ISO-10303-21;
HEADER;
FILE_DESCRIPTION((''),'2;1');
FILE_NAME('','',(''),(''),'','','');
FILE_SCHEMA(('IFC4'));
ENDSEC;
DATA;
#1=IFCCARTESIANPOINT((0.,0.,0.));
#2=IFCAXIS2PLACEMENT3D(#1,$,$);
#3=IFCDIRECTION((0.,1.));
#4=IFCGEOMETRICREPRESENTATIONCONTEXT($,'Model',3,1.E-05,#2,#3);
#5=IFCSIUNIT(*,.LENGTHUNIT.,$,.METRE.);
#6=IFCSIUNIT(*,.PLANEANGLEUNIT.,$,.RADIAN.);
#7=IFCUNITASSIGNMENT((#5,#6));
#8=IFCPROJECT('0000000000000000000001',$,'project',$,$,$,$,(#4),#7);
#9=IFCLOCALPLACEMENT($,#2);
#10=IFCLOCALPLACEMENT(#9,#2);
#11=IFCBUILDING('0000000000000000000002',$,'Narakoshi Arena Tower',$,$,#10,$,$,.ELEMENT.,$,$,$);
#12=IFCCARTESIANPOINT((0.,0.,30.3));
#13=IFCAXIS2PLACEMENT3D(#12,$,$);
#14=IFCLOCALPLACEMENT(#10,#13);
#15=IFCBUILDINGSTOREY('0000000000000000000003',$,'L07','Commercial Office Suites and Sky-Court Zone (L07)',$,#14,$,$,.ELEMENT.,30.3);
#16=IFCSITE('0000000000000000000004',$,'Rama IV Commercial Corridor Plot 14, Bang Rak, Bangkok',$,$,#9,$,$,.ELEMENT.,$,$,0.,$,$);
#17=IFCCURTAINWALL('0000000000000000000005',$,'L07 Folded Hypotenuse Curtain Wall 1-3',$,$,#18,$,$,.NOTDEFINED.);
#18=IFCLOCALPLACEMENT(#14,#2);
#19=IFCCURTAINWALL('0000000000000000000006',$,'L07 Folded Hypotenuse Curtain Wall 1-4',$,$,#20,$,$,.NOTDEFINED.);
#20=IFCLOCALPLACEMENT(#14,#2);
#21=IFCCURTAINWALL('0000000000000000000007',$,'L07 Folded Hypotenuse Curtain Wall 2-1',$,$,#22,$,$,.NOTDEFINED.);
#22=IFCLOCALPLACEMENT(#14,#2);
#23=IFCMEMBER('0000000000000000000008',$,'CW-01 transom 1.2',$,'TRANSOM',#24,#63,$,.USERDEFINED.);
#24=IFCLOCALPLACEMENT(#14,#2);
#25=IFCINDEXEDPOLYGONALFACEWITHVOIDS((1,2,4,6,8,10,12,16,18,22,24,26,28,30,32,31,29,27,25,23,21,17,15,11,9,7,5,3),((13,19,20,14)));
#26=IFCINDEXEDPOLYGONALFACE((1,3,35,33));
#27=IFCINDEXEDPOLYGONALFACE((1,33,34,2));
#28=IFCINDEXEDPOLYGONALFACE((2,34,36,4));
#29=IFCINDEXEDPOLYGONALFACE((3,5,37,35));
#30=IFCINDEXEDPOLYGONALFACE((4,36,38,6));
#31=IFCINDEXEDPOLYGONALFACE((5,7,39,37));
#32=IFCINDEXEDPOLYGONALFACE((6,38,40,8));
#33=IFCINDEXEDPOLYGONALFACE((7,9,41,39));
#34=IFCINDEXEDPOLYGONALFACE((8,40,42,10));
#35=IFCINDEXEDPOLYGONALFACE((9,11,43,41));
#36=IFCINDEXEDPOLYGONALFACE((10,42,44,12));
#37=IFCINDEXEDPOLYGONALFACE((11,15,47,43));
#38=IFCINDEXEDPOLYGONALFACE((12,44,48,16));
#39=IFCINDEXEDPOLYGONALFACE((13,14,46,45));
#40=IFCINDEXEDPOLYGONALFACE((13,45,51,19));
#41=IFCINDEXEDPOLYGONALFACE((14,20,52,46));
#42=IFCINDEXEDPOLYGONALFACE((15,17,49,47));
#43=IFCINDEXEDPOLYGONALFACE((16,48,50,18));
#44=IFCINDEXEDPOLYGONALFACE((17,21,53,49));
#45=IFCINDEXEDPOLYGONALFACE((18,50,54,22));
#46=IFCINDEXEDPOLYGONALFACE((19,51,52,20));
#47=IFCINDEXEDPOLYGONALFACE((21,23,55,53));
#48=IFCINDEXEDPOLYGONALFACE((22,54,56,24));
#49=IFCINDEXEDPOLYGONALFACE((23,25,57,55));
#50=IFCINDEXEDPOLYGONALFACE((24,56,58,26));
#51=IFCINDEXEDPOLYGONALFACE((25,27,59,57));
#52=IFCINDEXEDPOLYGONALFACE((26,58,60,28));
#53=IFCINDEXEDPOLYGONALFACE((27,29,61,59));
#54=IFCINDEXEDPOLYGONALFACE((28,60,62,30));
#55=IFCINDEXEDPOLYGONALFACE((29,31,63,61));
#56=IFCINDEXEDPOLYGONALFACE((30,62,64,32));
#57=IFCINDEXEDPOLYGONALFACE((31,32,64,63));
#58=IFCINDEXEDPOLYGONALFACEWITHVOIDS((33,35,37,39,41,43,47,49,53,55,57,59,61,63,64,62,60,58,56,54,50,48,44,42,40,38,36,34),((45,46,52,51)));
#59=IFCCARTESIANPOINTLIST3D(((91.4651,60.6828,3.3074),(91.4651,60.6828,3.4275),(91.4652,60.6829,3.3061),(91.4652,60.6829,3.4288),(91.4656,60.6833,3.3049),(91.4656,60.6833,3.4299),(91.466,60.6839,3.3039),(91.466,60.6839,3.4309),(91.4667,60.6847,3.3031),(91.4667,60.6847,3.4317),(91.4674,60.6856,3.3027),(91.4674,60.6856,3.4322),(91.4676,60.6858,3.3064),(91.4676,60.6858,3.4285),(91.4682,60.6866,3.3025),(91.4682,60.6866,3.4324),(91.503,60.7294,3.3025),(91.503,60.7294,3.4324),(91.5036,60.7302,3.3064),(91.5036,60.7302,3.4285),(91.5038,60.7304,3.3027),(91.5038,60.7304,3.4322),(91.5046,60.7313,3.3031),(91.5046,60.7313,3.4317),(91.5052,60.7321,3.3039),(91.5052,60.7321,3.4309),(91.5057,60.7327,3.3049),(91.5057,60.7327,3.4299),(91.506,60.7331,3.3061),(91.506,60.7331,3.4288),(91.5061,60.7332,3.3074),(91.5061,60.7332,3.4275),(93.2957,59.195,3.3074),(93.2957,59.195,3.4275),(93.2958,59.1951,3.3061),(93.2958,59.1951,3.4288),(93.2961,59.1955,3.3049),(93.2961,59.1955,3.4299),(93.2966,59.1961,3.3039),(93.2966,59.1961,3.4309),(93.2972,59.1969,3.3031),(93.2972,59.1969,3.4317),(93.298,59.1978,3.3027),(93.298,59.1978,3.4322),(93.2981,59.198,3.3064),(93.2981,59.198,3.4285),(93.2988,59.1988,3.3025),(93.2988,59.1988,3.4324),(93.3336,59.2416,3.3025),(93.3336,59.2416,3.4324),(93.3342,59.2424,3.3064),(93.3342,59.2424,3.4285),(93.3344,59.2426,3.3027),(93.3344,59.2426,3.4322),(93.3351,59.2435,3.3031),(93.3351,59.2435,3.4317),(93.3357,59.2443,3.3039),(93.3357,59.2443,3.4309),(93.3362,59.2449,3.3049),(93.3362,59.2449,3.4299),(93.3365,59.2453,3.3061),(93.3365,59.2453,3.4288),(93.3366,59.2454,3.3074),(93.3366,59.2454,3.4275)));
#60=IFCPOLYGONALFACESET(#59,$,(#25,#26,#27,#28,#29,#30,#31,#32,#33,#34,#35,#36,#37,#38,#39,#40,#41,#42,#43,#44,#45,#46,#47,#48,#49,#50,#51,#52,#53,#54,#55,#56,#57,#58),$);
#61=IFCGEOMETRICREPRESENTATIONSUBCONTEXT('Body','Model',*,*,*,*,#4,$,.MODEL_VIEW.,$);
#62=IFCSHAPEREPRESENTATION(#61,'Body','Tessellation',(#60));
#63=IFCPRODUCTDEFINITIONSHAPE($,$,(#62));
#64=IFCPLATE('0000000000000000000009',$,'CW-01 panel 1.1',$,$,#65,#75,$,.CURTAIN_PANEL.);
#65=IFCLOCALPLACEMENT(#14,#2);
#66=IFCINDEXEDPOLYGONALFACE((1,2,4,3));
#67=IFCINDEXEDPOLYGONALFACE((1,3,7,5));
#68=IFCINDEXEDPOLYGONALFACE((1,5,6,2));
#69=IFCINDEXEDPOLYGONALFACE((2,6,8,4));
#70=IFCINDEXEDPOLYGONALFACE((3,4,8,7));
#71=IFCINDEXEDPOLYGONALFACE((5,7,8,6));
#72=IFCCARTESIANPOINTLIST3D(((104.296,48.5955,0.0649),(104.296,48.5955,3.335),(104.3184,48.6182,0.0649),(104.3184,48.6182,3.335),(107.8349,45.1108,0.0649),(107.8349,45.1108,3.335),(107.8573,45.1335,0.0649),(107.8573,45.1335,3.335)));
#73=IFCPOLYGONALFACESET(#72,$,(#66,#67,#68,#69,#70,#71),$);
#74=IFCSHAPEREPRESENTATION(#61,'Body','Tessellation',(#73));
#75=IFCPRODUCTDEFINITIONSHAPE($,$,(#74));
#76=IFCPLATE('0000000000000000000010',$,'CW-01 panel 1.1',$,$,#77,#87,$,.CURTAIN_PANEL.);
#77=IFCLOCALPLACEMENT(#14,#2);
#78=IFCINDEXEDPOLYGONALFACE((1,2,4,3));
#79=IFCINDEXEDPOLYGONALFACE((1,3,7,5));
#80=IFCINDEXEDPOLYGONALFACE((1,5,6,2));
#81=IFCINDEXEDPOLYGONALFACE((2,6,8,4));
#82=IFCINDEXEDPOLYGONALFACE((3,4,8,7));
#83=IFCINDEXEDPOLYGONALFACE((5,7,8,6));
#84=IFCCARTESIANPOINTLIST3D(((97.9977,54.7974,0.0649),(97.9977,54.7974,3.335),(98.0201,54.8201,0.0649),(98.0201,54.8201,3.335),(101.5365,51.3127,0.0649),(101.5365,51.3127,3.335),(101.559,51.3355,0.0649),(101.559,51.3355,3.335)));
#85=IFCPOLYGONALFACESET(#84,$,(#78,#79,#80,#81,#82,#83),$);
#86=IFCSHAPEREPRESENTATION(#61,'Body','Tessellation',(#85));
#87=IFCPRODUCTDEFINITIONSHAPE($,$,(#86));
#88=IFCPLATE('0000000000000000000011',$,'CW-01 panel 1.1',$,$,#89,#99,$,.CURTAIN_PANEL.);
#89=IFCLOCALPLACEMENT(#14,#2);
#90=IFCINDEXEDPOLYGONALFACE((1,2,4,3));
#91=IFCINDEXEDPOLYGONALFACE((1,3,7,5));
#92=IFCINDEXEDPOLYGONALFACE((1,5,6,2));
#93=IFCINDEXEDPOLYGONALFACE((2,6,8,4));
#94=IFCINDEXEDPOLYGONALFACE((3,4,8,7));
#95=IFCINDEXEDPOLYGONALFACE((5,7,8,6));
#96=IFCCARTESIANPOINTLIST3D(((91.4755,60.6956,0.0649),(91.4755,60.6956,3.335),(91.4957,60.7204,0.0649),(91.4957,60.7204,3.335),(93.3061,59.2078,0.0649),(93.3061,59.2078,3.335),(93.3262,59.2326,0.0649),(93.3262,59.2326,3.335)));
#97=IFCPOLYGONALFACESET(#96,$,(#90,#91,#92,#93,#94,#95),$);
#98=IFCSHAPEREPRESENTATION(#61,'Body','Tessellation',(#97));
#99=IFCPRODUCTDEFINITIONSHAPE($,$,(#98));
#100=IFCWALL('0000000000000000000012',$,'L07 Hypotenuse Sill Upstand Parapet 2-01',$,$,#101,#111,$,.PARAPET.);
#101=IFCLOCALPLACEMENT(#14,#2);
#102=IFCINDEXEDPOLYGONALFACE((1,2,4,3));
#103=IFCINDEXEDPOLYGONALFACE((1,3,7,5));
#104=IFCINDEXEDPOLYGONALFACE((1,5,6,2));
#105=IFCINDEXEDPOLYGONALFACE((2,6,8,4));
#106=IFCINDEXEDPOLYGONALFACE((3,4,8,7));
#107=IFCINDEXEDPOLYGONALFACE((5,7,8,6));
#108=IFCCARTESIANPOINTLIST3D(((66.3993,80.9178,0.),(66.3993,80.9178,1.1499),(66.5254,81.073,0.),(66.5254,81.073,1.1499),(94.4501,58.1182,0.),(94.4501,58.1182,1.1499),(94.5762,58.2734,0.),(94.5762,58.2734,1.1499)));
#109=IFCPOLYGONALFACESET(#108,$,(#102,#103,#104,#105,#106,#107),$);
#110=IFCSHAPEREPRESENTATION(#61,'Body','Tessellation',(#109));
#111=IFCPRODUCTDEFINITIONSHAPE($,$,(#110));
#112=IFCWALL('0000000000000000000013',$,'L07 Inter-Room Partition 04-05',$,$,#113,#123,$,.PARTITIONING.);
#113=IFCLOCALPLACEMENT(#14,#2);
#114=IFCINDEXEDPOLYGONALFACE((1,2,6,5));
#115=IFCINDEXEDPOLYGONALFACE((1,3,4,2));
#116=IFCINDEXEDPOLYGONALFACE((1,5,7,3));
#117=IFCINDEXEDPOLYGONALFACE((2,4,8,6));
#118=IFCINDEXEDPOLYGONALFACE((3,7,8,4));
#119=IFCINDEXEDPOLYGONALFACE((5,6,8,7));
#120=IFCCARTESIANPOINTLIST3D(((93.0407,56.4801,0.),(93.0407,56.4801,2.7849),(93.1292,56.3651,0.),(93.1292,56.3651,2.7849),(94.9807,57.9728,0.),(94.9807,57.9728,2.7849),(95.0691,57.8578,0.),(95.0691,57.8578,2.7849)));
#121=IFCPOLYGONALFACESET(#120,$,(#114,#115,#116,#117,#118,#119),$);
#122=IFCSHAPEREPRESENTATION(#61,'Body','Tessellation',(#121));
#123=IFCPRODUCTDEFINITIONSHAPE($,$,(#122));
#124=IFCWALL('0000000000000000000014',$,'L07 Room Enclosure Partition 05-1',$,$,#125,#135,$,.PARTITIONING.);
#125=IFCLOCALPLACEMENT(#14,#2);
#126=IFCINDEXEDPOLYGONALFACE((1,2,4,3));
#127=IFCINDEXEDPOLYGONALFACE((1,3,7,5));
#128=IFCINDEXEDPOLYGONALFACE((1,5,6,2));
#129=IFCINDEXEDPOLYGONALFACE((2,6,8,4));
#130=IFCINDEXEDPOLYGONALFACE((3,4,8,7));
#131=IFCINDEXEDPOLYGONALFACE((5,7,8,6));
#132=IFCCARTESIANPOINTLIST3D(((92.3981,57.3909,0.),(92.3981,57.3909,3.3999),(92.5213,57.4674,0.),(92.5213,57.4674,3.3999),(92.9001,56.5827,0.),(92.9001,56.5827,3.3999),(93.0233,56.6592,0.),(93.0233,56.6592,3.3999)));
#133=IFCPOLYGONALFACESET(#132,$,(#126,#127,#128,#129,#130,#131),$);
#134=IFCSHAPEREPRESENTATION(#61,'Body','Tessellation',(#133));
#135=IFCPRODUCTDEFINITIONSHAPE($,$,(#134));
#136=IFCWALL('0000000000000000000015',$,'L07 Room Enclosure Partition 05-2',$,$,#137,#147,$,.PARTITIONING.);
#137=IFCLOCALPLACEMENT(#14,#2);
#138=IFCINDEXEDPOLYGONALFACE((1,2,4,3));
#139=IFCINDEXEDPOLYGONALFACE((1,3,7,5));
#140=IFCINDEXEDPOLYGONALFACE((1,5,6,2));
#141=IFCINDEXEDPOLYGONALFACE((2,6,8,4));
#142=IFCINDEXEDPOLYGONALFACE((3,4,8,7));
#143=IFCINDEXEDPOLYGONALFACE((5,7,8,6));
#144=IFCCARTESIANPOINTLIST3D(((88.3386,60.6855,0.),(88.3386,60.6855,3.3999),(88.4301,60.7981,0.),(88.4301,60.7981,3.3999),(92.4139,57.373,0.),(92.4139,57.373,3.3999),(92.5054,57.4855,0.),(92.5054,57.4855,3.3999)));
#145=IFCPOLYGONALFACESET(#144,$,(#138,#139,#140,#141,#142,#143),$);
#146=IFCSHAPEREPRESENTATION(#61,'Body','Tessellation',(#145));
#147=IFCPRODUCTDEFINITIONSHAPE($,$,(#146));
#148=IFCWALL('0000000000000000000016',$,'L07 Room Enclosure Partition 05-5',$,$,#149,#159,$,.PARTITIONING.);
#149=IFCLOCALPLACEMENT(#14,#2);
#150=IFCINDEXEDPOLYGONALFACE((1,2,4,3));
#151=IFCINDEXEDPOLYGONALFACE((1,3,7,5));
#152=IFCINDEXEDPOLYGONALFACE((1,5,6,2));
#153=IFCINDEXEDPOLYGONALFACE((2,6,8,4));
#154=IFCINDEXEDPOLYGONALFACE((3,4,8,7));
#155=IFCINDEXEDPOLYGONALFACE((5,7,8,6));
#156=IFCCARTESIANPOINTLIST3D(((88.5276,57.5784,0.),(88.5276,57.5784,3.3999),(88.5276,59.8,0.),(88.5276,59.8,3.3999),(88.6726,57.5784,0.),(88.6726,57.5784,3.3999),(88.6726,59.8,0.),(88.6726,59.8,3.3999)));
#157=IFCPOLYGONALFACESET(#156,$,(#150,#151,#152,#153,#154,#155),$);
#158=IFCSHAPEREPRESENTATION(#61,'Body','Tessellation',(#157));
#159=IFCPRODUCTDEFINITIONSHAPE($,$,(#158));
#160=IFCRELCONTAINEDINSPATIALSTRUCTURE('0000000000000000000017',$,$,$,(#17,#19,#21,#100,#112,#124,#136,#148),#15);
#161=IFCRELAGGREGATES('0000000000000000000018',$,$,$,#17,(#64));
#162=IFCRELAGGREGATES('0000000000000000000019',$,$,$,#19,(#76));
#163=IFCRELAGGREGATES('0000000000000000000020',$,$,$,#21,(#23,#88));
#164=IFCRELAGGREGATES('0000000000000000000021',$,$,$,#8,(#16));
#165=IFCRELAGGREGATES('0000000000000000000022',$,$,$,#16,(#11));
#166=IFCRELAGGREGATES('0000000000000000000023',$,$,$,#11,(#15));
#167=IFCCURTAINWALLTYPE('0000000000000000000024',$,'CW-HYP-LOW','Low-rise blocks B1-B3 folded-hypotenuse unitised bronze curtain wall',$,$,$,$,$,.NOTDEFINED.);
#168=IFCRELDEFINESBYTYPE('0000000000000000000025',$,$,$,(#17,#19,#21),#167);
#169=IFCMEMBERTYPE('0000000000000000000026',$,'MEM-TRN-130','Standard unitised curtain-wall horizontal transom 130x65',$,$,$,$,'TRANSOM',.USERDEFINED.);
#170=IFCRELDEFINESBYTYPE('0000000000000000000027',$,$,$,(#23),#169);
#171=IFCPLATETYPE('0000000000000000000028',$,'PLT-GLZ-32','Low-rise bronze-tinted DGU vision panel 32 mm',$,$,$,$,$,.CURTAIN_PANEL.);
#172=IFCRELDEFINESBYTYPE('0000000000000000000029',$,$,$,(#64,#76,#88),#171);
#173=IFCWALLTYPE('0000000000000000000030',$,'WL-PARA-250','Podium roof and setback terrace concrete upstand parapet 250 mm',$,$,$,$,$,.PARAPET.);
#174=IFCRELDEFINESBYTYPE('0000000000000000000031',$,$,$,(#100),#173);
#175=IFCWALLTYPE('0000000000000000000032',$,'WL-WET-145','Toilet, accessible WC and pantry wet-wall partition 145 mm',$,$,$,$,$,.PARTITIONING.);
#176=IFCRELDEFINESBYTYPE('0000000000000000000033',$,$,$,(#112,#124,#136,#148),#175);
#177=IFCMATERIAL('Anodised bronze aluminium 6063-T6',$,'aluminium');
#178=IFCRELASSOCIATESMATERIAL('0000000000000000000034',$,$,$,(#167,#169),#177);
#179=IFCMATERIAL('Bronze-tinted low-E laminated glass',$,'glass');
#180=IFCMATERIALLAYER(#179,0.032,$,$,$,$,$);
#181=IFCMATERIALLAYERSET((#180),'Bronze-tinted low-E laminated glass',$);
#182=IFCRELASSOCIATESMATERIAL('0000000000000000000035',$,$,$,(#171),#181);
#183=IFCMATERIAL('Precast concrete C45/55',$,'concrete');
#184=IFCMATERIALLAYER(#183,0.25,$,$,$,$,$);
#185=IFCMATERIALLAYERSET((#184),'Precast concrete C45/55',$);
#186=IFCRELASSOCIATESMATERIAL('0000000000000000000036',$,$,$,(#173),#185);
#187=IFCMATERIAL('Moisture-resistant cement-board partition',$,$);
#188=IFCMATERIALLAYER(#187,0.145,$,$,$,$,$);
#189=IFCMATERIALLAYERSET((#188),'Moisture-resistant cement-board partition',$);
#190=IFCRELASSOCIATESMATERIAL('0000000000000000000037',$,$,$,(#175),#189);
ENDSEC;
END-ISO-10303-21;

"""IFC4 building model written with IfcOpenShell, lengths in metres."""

from ifc_helpers import new_model, si_unit, direction, frame, frame_2d, origin, origin_2d, place, context, subcontext, project, spatial, rectangle, hollow_rectangle, extrude, material, layer, layer_set, material_profile, profile_set, type_object, element, aggregate, save


model = new_model("IFC4")

# Units and contexts
model_context = context("Model", 3, precision=1e-05, world=origin(), true_north=direction((0.0, 1.0)))
body_context = subcontext(model_context, "Body", "Model", "MODEL_VIEW")
ifc_project = project(units=[si_unit("LENGTHUNIT", "METRE"), si_unit("PLANEANGLEUNIT", "RADIAN")], contexts=[model_context])

# Site, building, storey
site_placement = place(None, origin())
site = spatial("IfcSite", under=ifc_project, at=site_placement, Name="Rama IV Commercial Corridor Plot 14, Bang Rak, Bangkok", CompositionType="ELEMENT", RefElevation=0.0)
building_placement = place(site_placement, origin())
building = spatial("IfcBuilding", under=site, at=building_placement, Name="Narakoshi Arena Tower", CompositionType="ELEMENT")
storey_placement = place(building_placement, frame((0.0, 0.0, 30.3)))
storey = spatial("IfcBuildingStorey", under=building, at=storey_placement, Name="L07", Description="Commercial Office Suites and Sky-Court Zone (L07)", CompositionType="ELEMENT", Elevation=30.3)

# Curtain wall
ifc_material_1 = material(Name="Anodised bronze aluminium 6063-T6", Category="aluminium")
curtain_wall_type = type_object("IfcCurtainWallType", Name="CW-HYP-LOW", Description="Low-rise blocks B1-B3 folded-hypotenuse unitised bronze curtain wall", PredefinedType="NOTDEFINED", material=ifc_material_1)
curtain_wall_1_placement = place(storey_placement, origin())
curtain_wall_1 = element("IfcCurtainWall", 1, at=curtain_wall_1_placement, inside=storey, type_object=curtain_wall_type, Name="L07 Folded Hypotenuse Curtain Wall 1-3", PredefinedType="NOTDEFINED")

# Curtain walls
curtain_wall_2_placement = place(storey_placement, origin())
curtain_wall_2 = element("IfcCurtainWall", 2, at=curtain_wall_2_placement, inside=storey, type_object=curtain_wall_type, Name="L07 Folded Hypotenuse Curtain Wall 1-4", PredefinedType="NOTDEFINED")
curtain_wall_3_placement = place(storey_placement, origin())
curtain_wall_3 = element("IfcCurtainWall", 3, at=curtain_wall_3_placement, inside=storey, type_object=curtain_wall_type, Name="L07 Folded Hypotenuse Curtain Wall 2-1", PredefinedType="NOTDEFINED")

# Member
ifc_material_profile_1 = material_profile(ifc_material_1, hollow_rectangle(XDim=0.0649, YDim=0.1299, WallThickness=0.0039, OuterFilletRadius=0.0049, at=origin_2d()), Name="TRN130x65x4")
ifc_profile_set_1 = profile_set([ifc_material_profile_1], Name="Anodised bronze aluminium 6063-T6")
member_type_1 = type_object("IfcMemberType", Name="MEM-TRN-130", Description="Standard unitised curtain-wall horizontal transom 130x65", ElementType="TRANSOM", PredefinedType="USERDEFINED", material=ifc_profile_set_1)
member_1_placement = place(storey_placement, frame((93.3162, 59.2202, 3.3674), z_axis=(-0.776019, 0.63071, 0.0), x_axis=(-0.63071, -0.776019, 0.0)))
member_1 = element("IfcMember", 4, at=member_1_placement, type_object=member_type_1, Name="CW-01 transom 1.2", ObjectType="TRANSOM", PredefinedType="USERDEFINED", context=body_context, shape_type="SweptSolid", body=[
    extrude(hollow_rectangle(XDim=0.0649, YDim=0.1299, WallThickness=0.0039, OuterFilletRadius=0.0049, at=origin_2d()), origin(), (0.0, 0.0, 1.0), 2.3589),
])

# Plates
ifc_material_2 = material(Name="Bronze-tinted low-E laminated glass", Category="glass")
ifc_layer_1 = layer(ifc_material_2, 0.032)
ifc_layer_set_1 = layer_set([ifc_layer_1], Name="Bronze-tinted low-E laminated glass")
plate_type = type_object("IfcPlateType", Name="PLT-GLZ-32", Description="Low-rise bronze-tinted DGU vision panel 32 mm", PredefinedType="CURTAIN_PANEL", material=ifc_layer_set_1)
plate_1_placement = place(storey_placement, frame((106.0767, 46.8645, 0.0649), z_axis=(0.0, 0.0, 1.0), x_axis=(-0.712539, 0.701633, 0.0)))
plate_1 = element("IfcPlate", 5, at=plate_1_placement, type_object=plate_type, Name="CW-01 panel 1.1", PredefinedType="CURTAIN_PANEL", context=body_context, shape_type="SweptSolid", body=[
    extrude(rectangle(XDim=4.9666, YDim=0.032, at=origin_2d()), origin(), (0.0, 0.0, 1.0), 3.27),
])
aggregate(curtain_wall_1, [plate_1])
plate_2_placement = place(storey_placement, frame((99.7783, 53.0664, 0.0649), z_axis=(0.0, 0.0, 1.0), x_axis=(-0.712539, 0.701633, 0.0)))
plate_2 = element("IfcPlate", 6, at=plate_2_placement, type_object=plate_type, Name="CW-01 panel 1.1", PredefinedType="CURTAIN_PANEL", context=body_context, shape_type="SweptSolid", body=[
    extrude(rectangle(XDim=4.9666, YDim=0.032, at=origin_2d()), origin(), (0.0, 0.0, 1.0), 3.27),
])
aggregate(curtain_wall_2, [plate_2])
plate_3_placement = place(storey_placement, frame((92.4009, 59.9641, 0.0649), z_axis=(0.0, 0.0, 1.0), x_axis=(-0.776008, 0.630723, 0.0)))
plate_3 = element("IfcPlate", 7, at=plate_3_placement, type_object=plate_type, Name="CW-01 panel 1.1", PredefinedType="CURTAIN_PANEL", context=body_context, shape_type="SweptSolid", body=[
    extrude(rectangle(XDim=2.3589, YDim=0.032, at=origin_2d()), origin(), (0.0, 0.0, 1.0), 3.27),
])
aggregate(curtain_wall_3, [member_1, plate_3])

# Walls
ifc_material_3 = material(Name="Precast concrete C45/55", Category="concrete")
ifc_layer_2 = layer(ifc_material_3, 0.25)
ifc_layer_set_2 = layer_set([ifc_layer_2], Name="Precast concrete C45/55")
wall_type_1 = type_object("IfcWallType", Name="WL-PARA-250", Description="Podium roof and setback terrace concrete upstand parapet 250 mm", PredefinedType="PARAPET", material=ifc_layer_set_2)
wall_1_placement = place(storey_placement, frame((94.5132, 58.1958, 0.0), z_axis=(0.0, 0.0, 1.0), x_axis=(-0.776002, 0.630731, 0.0)))
element("IfcWall", 8, at=wall_1_placement, inside=storey, type_object=wall_type_1, Name="L07 Hypotenuse Sill Upstand Parapet 2-01", PredefinedType="PARAPET", context=body_context, shape_type="SweptSolid", body=[
    extrude(rectangle(XDim=36.1479, YDim=0.2, at=frame_2d((18.074, 0.0))), origin(), (0.0, 0.0, 1.0), 1.1499),
])
ifc_material_4 = material(Name="Moisture-resistant cement-board partition")
ifc_layer_3 = layer(ifc_material_4, 0.145)
ifc_layer_set_3 = layer_set([ifc_layer_3], Name="Moisture-resistant cement-board partition")
wall_type_2 = type_object("IfcWallType", Name="WL-WET-145", Description="Toilet, accessible WC and pantry wet-wall partition 145 mm", PredefinedType="PARTITIONING", material=ifc_layer_set_3)
wall_2_placement = place(storey_placement, frame((93.085, 56.4226, 0.0), z_axis=(0.0, 0.0, 1.0), x_axis=(0.792542, 0.609817, 0.0)))
element("IfcWall", 9, at=wall_2_placement, inside=storey, type_object=wall_type_2, Name="L07 Inter-Room Partition 04-05", PredefinedType="PARTITIONING", context=body_context, shape_type="SweptSolid", body=[
    extrude(rectangle(XDim=2.4478, YDim=0.145, at=frame_2d((1.2239, 0.0))), origin(), (0.0, 0.0, 1.0), 2.7849),
])
wall_3_placement = place(storey_placement, frame((92.9617, 56.6211, 0.0), z_axis=(0.0, 0.0, 1.0), x_axis=(-0.527644, 0.849466, 0.0)))
element("IfcWall", 10, at=wall_3_placement, inside=storey, type_object=wall_type_2, Name="L07 Room Enclosure Partition 05-1", PredefinedType="PARTITIONING", context=body_context, shape_type="SweptSolid", body=[
    extrude(rectangle(XDim=0.9514, YDim=0.145, at=frame_2d((0.4756, 0.0))), origin(), (0.0, 0.0, 1.0), 3.3999),
])
wall_4_placement = place(storey_placement, frame((92.4597, 57.4292, 0.0), z_axis=(0.0, 0.0, 1.0), x_axis=(-0.775983, 0.630754, 0.0)))
element("IfcWall", 11, at=wall_4_placement, inside=storey, type_object=wall_type_2, Name="L07 Room Enclosure Partition 05-2", PredefinedType="PARTITIONING", context=body_context, shape_type="SweptSolid", body=[
    extrude(rectangle(XDim=5.2517, YDim=0.145, at=frame_2d((2.626, 0.0))), origin(), (0.0, 0.0, 1.0), 3.3999),
])
wall_5_placement = place(storey_placement, frame((88.6001, 59.8, 0.0), z_axis=(0.0, 0.0, 1.0), x_axis=(0.0, -1.0, 0.0)))
element("IfcWall", 12, at=wall_5_placement, inside=storey, type_object=wall_type_2, Name="L07 Room Enclosure Partition 05-5", PredefinedType="PARTITIONING", context=body_context, shape_type="SweptSolid", body=[
    extrude(rectangle(XDim=2.2217, YDim=0.145, at=frame_2d((1.1108, 0.0))), origin(), (0.0, 0.0, 1.0), 3.3999),
])

save(model, "model.ifc")
